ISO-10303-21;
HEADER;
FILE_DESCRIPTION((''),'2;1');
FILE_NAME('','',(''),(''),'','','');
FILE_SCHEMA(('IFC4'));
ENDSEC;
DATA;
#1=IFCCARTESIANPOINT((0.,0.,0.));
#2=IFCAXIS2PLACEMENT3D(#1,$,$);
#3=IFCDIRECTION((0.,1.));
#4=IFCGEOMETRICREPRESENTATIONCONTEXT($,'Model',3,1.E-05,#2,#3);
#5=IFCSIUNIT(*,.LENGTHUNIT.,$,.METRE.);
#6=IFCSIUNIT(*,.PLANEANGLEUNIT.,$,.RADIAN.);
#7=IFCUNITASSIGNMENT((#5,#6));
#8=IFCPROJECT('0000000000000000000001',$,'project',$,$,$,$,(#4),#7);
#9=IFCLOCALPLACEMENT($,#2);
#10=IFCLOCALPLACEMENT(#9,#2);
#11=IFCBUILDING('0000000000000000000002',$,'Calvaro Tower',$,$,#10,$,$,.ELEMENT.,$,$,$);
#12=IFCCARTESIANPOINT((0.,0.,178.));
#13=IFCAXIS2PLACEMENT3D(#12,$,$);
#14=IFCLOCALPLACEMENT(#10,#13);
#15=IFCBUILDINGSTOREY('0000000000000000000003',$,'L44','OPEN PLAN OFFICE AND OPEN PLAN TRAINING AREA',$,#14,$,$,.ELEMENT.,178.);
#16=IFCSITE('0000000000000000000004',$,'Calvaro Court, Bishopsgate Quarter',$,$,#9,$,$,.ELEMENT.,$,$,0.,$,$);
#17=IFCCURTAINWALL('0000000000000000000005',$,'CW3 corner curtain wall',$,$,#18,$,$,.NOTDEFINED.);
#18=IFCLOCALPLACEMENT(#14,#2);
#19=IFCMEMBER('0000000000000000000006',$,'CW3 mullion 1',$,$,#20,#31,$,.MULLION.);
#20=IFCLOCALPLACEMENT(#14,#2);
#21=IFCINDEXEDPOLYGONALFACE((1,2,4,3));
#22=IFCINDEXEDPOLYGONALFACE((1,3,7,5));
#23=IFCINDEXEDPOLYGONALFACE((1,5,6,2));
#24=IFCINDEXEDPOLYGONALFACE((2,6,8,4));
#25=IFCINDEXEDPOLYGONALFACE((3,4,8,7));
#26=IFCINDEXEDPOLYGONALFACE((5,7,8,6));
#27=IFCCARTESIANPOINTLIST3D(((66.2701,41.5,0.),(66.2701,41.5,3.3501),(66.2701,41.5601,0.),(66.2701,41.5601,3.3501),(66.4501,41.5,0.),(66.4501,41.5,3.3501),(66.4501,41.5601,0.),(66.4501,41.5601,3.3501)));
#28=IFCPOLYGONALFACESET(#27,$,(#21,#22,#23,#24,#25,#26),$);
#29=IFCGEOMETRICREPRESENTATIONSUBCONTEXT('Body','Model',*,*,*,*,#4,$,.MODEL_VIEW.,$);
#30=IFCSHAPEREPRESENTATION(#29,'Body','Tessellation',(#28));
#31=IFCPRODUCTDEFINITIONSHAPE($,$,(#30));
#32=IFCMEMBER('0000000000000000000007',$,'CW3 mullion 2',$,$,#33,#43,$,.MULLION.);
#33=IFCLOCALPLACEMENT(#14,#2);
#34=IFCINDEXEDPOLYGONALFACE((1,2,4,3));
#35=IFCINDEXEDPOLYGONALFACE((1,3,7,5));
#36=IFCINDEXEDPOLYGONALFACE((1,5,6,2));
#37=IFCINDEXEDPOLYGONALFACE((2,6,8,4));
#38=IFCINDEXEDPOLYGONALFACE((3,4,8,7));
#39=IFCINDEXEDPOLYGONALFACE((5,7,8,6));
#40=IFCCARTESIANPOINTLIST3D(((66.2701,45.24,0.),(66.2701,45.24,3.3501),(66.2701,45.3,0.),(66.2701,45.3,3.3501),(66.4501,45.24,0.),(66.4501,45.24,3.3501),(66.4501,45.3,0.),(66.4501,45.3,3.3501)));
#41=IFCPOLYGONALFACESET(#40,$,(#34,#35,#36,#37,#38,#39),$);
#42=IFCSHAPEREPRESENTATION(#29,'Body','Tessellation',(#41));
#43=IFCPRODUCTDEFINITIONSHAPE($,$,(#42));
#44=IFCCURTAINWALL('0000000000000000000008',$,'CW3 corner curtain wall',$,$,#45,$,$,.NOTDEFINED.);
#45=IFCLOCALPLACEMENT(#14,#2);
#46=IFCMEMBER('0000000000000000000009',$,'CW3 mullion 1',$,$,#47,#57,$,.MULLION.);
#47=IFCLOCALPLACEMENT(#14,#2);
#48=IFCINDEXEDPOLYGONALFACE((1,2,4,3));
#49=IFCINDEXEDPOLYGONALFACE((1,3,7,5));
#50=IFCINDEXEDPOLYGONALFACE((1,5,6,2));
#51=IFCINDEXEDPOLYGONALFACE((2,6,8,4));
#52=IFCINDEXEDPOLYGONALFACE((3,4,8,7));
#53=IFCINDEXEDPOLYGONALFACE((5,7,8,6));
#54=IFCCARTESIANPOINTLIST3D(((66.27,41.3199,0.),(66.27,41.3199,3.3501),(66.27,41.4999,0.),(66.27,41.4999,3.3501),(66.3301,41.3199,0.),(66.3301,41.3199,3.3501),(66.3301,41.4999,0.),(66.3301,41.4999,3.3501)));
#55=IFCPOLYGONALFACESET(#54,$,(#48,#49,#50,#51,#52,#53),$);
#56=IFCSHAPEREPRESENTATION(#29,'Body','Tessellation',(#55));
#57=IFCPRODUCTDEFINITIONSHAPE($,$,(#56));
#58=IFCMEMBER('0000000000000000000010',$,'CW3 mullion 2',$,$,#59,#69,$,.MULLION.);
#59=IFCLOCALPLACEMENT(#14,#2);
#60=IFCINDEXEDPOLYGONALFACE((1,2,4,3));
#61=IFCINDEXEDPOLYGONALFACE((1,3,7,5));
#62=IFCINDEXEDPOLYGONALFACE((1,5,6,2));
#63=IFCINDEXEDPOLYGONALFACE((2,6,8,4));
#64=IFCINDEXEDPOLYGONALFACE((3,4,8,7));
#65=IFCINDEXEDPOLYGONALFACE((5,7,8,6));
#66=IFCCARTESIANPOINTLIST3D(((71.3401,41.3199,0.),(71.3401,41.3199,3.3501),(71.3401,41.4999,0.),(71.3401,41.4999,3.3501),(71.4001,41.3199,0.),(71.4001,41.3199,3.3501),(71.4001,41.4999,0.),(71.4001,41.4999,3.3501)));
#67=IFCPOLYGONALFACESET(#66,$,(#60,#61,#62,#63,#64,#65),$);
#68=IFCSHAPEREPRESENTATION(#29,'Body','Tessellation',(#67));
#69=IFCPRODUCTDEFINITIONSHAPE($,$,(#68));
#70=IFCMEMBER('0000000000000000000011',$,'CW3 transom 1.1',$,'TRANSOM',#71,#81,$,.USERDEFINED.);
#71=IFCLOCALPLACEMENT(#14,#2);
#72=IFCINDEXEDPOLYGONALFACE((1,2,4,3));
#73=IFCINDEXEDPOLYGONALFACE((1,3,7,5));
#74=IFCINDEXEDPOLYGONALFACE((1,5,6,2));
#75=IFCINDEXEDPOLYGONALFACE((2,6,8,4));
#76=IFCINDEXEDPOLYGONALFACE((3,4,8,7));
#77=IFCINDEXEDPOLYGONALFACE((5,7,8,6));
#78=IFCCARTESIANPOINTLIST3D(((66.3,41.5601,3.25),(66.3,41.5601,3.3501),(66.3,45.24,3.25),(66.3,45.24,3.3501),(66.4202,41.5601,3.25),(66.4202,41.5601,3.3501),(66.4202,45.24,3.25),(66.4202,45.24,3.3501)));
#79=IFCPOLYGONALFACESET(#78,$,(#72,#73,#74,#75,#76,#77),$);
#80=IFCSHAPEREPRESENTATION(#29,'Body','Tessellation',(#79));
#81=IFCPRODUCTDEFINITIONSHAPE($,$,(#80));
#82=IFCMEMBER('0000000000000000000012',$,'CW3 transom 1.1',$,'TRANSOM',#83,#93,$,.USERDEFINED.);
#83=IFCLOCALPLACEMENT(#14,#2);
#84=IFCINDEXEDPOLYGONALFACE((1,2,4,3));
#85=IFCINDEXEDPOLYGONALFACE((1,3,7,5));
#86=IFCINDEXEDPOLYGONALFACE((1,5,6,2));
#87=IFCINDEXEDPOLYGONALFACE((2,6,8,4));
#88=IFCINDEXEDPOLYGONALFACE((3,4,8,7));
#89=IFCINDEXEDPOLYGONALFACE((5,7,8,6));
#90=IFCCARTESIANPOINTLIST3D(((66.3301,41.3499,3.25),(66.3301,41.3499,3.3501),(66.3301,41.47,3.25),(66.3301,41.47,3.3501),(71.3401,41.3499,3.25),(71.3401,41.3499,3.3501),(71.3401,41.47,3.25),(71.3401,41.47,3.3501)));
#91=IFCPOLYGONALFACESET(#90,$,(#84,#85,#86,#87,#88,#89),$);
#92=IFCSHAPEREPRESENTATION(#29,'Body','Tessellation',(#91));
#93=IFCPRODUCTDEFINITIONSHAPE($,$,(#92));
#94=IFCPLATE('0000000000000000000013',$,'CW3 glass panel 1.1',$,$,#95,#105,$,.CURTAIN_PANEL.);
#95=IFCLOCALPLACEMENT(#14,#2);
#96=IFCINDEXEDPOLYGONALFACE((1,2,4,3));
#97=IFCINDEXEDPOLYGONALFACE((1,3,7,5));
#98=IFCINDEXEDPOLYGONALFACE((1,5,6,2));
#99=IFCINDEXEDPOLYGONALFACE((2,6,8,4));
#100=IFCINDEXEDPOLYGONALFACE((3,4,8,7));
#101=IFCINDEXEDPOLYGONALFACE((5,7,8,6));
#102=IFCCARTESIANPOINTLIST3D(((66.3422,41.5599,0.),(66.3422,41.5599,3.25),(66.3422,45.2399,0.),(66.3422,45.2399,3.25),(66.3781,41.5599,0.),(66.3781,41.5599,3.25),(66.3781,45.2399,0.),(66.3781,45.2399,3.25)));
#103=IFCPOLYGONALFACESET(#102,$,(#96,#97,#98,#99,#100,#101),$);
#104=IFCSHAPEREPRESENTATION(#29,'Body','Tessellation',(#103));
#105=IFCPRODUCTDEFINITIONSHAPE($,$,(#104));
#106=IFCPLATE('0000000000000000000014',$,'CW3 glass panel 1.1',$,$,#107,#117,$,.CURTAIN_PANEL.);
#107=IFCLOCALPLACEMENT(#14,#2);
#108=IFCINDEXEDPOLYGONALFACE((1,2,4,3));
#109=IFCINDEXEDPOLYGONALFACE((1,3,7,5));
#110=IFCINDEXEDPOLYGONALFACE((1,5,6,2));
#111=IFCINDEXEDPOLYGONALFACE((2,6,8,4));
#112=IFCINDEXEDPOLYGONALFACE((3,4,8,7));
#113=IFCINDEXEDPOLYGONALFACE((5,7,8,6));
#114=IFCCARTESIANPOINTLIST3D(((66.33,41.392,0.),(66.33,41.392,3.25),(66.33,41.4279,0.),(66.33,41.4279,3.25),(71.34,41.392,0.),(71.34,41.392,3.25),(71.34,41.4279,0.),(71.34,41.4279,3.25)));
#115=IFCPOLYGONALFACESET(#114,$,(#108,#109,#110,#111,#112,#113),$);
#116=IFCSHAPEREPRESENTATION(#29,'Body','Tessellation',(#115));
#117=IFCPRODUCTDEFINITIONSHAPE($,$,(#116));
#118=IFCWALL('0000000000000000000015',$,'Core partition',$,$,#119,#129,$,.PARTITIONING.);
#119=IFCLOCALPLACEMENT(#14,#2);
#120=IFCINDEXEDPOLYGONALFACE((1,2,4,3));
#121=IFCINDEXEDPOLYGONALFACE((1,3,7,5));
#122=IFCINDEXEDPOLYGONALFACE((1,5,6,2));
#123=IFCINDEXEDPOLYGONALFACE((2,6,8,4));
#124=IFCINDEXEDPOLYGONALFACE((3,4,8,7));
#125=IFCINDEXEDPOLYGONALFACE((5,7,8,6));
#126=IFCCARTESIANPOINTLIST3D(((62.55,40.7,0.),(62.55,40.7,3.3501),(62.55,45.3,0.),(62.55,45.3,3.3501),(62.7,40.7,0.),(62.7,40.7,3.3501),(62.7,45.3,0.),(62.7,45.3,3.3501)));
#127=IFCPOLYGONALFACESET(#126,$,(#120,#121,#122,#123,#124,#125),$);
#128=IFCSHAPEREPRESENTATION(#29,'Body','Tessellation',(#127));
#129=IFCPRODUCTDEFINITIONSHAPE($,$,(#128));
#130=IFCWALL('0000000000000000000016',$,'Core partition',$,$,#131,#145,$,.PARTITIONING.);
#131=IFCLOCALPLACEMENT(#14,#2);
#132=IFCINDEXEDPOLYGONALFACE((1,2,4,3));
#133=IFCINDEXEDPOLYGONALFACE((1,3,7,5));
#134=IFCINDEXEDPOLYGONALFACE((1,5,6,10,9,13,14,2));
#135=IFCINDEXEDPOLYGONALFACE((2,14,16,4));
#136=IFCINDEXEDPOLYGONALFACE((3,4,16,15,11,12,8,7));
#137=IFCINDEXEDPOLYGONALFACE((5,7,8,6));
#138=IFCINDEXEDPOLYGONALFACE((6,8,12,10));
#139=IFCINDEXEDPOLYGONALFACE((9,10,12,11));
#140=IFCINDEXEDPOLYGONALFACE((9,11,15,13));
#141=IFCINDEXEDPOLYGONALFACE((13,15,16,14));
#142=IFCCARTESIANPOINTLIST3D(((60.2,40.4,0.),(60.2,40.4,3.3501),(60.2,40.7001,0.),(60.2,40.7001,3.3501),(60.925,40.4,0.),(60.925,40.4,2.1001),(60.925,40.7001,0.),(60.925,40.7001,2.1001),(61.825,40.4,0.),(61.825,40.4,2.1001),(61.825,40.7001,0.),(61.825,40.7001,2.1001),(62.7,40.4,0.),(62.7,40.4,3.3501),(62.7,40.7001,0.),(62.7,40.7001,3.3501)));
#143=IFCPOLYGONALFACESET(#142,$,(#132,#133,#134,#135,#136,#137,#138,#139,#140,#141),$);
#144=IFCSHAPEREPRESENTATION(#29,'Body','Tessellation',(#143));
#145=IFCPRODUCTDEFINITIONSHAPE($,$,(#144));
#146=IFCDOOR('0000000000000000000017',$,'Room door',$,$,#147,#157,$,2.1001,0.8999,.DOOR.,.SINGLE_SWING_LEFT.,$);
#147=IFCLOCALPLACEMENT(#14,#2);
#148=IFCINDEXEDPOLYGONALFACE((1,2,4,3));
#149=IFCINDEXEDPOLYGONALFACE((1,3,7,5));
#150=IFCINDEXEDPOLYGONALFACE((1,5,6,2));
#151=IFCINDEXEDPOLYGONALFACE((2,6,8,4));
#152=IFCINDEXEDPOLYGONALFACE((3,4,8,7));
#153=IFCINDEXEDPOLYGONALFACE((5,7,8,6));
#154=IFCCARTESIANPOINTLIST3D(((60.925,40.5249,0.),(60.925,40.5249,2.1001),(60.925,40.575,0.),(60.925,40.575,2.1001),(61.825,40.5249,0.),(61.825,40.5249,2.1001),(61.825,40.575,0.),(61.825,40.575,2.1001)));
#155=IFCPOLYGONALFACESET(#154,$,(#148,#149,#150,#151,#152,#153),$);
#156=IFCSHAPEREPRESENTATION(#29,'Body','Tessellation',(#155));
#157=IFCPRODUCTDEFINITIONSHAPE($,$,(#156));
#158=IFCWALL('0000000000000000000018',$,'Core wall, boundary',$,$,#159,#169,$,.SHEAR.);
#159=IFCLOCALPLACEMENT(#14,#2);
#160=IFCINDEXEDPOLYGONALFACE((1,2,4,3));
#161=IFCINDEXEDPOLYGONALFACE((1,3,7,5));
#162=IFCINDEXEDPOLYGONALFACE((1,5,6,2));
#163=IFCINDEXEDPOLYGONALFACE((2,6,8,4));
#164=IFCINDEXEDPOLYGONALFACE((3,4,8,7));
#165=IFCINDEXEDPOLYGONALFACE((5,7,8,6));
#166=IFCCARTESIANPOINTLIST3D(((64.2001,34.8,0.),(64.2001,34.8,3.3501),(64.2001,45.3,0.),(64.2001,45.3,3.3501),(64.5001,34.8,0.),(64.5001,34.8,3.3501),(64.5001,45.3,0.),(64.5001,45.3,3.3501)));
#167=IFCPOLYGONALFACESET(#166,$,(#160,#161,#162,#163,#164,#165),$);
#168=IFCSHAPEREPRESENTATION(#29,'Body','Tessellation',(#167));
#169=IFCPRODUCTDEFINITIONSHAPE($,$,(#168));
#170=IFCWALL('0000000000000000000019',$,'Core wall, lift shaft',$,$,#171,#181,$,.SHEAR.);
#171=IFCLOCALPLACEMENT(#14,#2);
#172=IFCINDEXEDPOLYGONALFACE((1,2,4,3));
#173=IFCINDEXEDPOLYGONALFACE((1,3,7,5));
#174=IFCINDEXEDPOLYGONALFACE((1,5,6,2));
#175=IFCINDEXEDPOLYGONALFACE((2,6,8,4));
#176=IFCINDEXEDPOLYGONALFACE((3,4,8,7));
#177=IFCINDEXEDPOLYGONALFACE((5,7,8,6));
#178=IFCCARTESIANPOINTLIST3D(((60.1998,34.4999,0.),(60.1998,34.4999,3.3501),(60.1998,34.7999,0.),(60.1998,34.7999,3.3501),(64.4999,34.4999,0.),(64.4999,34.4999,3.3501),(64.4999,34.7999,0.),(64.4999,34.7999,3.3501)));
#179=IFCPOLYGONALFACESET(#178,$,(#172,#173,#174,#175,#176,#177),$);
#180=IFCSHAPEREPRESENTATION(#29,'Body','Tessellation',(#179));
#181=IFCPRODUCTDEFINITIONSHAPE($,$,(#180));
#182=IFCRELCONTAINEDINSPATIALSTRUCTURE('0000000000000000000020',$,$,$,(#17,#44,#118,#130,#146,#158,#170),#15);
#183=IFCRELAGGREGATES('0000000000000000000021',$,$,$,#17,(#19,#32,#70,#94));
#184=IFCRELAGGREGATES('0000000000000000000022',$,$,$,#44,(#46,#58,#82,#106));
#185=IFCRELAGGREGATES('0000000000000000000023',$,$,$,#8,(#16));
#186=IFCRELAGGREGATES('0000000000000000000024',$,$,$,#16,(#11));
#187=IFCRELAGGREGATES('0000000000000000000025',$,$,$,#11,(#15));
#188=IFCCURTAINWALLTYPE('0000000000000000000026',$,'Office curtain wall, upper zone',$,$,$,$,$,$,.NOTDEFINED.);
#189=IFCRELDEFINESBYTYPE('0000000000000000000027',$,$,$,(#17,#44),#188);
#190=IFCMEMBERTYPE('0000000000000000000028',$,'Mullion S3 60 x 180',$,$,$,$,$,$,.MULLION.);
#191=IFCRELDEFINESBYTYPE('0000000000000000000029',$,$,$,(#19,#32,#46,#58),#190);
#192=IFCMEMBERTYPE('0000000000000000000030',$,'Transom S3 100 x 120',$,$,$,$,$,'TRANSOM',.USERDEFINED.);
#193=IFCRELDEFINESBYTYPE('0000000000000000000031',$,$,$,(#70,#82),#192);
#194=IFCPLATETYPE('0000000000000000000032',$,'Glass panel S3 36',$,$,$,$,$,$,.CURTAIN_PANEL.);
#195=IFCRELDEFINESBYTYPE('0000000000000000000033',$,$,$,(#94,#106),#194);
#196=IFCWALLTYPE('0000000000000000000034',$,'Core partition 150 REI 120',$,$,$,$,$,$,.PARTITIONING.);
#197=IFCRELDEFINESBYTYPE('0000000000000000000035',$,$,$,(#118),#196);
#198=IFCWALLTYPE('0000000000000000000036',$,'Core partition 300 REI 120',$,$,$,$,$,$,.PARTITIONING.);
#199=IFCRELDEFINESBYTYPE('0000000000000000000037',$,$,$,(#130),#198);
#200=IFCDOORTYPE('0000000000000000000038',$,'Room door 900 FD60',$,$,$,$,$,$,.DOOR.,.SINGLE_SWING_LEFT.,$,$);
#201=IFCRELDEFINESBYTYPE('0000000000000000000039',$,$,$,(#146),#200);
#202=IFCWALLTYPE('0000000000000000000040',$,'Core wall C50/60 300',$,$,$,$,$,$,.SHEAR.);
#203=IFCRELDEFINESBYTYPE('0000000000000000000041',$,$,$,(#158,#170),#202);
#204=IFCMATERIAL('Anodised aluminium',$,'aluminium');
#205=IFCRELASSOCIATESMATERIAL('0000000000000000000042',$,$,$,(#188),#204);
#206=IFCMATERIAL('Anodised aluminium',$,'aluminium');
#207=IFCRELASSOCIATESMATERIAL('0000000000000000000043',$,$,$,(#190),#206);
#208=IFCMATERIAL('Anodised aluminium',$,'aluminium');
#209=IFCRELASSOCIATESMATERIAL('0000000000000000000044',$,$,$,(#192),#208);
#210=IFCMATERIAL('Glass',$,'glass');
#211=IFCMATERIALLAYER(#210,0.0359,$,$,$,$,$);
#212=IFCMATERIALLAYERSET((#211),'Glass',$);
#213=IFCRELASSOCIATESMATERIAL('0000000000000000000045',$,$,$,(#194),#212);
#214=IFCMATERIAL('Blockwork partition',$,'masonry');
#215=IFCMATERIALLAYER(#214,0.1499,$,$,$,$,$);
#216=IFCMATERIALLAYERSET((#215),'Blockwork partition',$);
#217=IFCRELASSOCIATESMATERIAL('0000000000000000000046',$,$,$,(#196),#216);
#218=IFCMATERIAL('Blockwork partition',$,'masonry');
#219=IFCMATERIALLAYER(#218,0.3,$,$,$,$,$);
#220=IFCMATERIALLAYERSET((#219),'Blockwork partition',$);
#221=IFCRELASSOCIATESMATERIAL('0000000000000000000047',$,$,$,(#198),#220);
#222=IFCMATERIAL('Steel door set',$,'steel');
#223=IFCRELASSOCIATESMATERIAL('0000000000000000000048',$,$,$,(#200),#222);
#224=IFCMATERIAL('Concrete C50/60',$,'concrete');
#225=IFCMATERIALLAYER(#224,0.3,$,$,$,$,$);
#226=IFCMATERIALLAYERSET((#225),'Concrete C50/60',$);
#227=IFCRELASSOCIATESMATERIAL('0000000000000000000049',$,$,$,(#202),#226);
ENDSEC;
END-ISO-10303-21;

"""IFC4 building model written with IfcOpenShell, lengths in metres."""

from ifc_helpers import new_model, si_unit, direction, frame, frame_2d, origin, origin_2d, place, context, subcontext, project, spatial, rectangle, extrude, material, layer, layer_set, material_profile, profile_set, type_object, element, fill, aggregate, save


model = new_model("IFC4")

# Units and contexts
model_context = context("Model", 3, precision=1e-05, world=origin(), true_north=direction((0.0, 1.0)))
body_context = subcontext(model_context, "Body", "Model", "MODEL_VIEW")
ifc_project = project(units=[si_unit("LENGTHUNIT", "METRE"), si_unit("PLANEANGLEUNIT", "RADIAN")], contexts=[model_context])

# Site, building, storey
site_placement = place(None, origin())
site = spatial("IfcSite", under=ifc_project, at=site_placement, Name="Calvaro Court, Bishopsgate Quarter", CompositionType="ELEMENT", RefElevation=0.0)
building_placement = place(site_placement, origin())
building = spatial("IfcBuilding", under=site, at=building_placement, Name="Calvaro Tower", CompositionType="ELEMENT")
storey_placement = place(building_placement, frame((0.0, 0.0, 178.0)))
storey = spatial("IfcBuildingStorey", under=building, at=storey_placement, Name="L44", Description="OPEN PLAN OFFICE AND OPEN PLAN TRAINING AREA", CompositionType="ELEMENT", Elevation=178.0)

# Curtain walls, members
ifc_material_1 = material(Name="Anodised aluminium", Category="aluminium")
curtain_wall_type = type_object("IfcCurtainWallType", Name="Office curtain wall, upper zone", PredefinedType="NOTDEFINED", material=ifc_material_1)
curtain_wall_1_placement = place(storey_placement, origin())
curtain_wall_1 = element("IfcCurtainWall", 1, at=curtain_wall_1_placement, inside=storey, type_object=curtain_wall_type, Name="CW3 corner curtain wall", PredefinedType="NOTDEFINED")
ifc_material_2 = material(Name="Anodised aluminium", Category="aluminium")
ifc_material_profile_1 = material_profile(ifc_material_2, rectangle(XDim=0.1799, YDim=0.0601, at=origin_2d()), Name="Mullion S3 60 x 180")
ifc_profile_set_1 = profile_set([ifc_material_profile_1], Name="Anodised aluminium")
member_type_1 = type_object("IfcMemberType", Name="Mullion S3 60 x 180", PredefinedType="MULLION", material=ifc_profile_set_1)
member_1_placement = place(storey_placement, frame((66.3601, 41.53, 0.0), z_axis=(0.0, 0.0, 1.0), x_axis=(-1.0, 0.0, 0.0)))
member_1 = element("IfcMember", 2, at=member_1_placement, type_object=member_type_1, Name="CW3 mullion 1", PredefinedType="MULLION", context=body_context, shape_type="SweptSolid", body=[
    extrude(rectangle(XDim=0.1799, YDim=0.0601, at=origin_2d()), origin(), (0.0, 0.0, 1.0), 3.3501),
])
member_2_placement = place(storey_placement, frame((66.3601, 45.27, 0.0), z_axis=(0.0, 0.0, 1.0), x_axis=(-1.0, 0.0, 0.0)))
member_2 = element("IfcMember", 3, at=member_2_placement, type_object=member_type_1, Name="CW3 mullion 2", PredefinedType="MULLION", context=body_context, shape_type="SweptSolid", body=[
    extrude(rectangle(XDim=0.1799, YDim=0.0601, at=origin_2d()), origin(), (0.0, 0.0, 1.0), 3.3501),
])
curtain_wall_2_placement = place(storey_placement, origin())
curtain_wall_2 = element("IfcCurtainWall", 4, at=curtain_wall_2_placement, inside=storey, type_object=curtain_wall_type, Name="CW3 corner curtain wall", PredefinedType="NOTDEFINED")
member_3_placement = place(storey_placement, frame((66.3, 41.4099, 0.0), z_axis=(0.0, 0.0, 1.0), x_axis=(0.0, 1.0, 0.0)))
member_3 = element("IfcMember", 5, at=member_3_placement, type_object=member_type_1, Name="CW3 mullion 1", PredefinedType="MULLION", context=body_context, shape_type="SweptSolid", body=[
    extrude(rectangle(XDim=0.1799, YDim=0.0601, at=origin_2d()), origin(), (0.0, 0.0, 1.0), 3.3501),
])
member_4_placement = place(storey_placement, frame((71.3701, 41.4099, 0.0), z_axis=(0.0, 0.0, 1.0), x_axis=(0.0, 1.0, 0.0)))
member_4 = element("IfcMember", 6, at=member_4_placement, type_object=member_type_1, Name="CW3 mullion 2", PredefinedType="MULLION", context=body_context, shape_type="SweptSolid", body=[
    extrude(rectangle(XDim=0.1799, YDim=0.0601, at=origin_2d()), origin(), (0.0, 0.0, 1.0), 3.3501),
])

# Members
ifc_material_3 = material(Name="Anodised aluminium", Category="aluminium")
ifc_material_profile_2 = material_profile(ifc_material_3, rectangle(XDim=0.1201, YDim=0.1001, at=origin_2d()), Name="Transom S3 100 x 120")
ifc_profile_set_2 = profile_set([ifc_material_profile_2], Name="Anodised aluminium")
member_type_2 = type_object("IfcMemberType", Name="Transom S3 100 x 120", ElementType="TRANSOM", PredefinedType="USERDEFINED", material=ifc_profile_set_2)
member_5_placement = place(storey_placement, frame((66.3601, 41.5601, 3.3), z_axis=(0.0, 1.0, 0.0), x_axis=(-1.0, 0.0, 0.0)))
member_5 = element("IfcMember", 7, at=member_5_placement, type_object=member_type_2, Name="CW3 transom 1.1", ObjectType="TRANSOM", PredefinedType="USERDEFINED", context=body_context, shape_type="SweptSolid", body=[
    extrude(rectangle(XDim=0.1201, YDim=0.1001, at=origin_2d()), origin(), (0.0, 0.0, 1.0), 3.6799),
])
member_6_placement = place(storey_placement, frame((66.3301, 41.4099, 3.3), z_axis=(1.0, 0.0, 0.0), x_axis=(0.0, 1.0, 0.0)))
member_6 = element("IfcMember", 8, at=member_6_placement, type_object=member_type_2, Name="CW3 transom 1.1", ObjectType="TRANSOM", PredefinedType="USERDEFINED", context=body_context, shape_type="SweptSolid", body=[
    extrude(rectangle(XDim=0.1201, YDim=0.1001, at=origin_2d()), origin(), (0.0, 0.0, 1.0), 5.01),
])

# Plates
ifc_material_4 = material(Name="Glass", Category="glass")
ifc_layer_1 = layer(ifc_material_4, 0.0359)
ifc_layer_set_1 = layer_set([ifc_layer_1], Name="Glass")
plate_type = type_object("IfcPlateType", Name="Glass panel S3 36", PredefinedType="CURTAIN_PANEL", material=ifc_layer_set_1)
plate_1_placement = place(storey_placement, frame((66.3601, 43.3999, 0.0), z_axis=(0.0, 0.0, 1.0), x_axis=(0.0, 1.0, 0.0)))
plate_1 = element("IfcPlate", 9, at=plate_1_placement, type_object=plate_type, Name="CW3 glass panel 1.1", PredefinedType="CURTAIN_PANEL", context=body_context, shape_type="SweptSolid", body=[
    extrude(rectangle(XDim=3.6799, YDim=0.0359, at=origin_2d()), origin(), (0.0, 0.0, 1.0), 3.25),
])
aggregate(curtain_wall_1, [member_1, member_2, member_5, plate_1])
plate_2_placement = place(storey_placement, frame((68.835, 41.4099, 0.0), z_axis=(0.0, 0.0, 1.0), x_axis=(1.0, 0.0, 0.0)))
plate_2 = element("IfcPlate", 10, at=plate_2_placement, type_object=plate_type, Name="CW3 glass panel 1.1", PredefinedType="CURTAIN_PANEL", context=body_context, shape_type="SweptSolid", body=[
    extrude(rectangle(XDim=5.01, YDim=0.0359, at=origin_2d()), origin(), (0.0, 0.0, 1.0), 3.25),
])
aggregate(curtain_wall_2, [member_3, member_4, member_6, plate_2])

# Wall
ifc_material_5 = material(Name="Blockwork partition", Category="masonry")
ifc_layer_2 = layer(ifc_material_5, 0.1499)
ifc_layer_set_2 = layer_set([ifc_layer_2], Name="Blockwork partition")
wall_type_1 = type_object("IfcWallType", Name="Core partition 150 REI 120", PredefinedType="PARTITIONING", material=ifc_layer_set_2)
wall_1_placement = place(storey_placement, frame((62.625, 40.7, 0.0), z_axis=(0.0, 0.0, 1.0), x_axis=(0.0, 1.0, 0.0)))
element("IfcWall", 11, at=wall_1_placement, inside=storey, type_object=wall_type_1, Name="Core partition", PredefinedType="PARTITIONING", context=body_context, shape_type="SweptSolid", body=[
    extrude(rectangle(XDim=4.6001, YDim=0.1499, at=frame_2d((2.3, 0.0))), origin(), (0.0, 0.0, 1.0), 3.3501),
])

# Wall, opening, door
ifc_material_6 = material(Name="Blockwork partition", Category="masonry")
ifc_layer_3 = layer(ifc_material_6, 0.3)
ifc_layer_set_3 = layer_set([ifc_layer_3], Name="Blockwork partition")
wall_type_2 = type_object("IfcWallType", Name="Core partition 300 REI 120", PredefinedType="PARTITIONING", material=ifc_layer_set_3)
wall_2_placement = place(storey_placement, frame((60.2, 40.55, 0.0), z_axis=(0.0, 0.0, 1.0), x_axis=(1.0, 0.0, 0.0)))
wall_2 = element("IfcWall", 12, at=wall_2_placement, inside=storey, type_object=wall_type_2, Name="Core partition", PredefinedType="PARTITIONING", context=body_context, shape_type="SweptSolid", body=[
    extrude(rectangle(XDim=2.5, YDim=0.3, at=frame_2d((1.25, 0.0))), origin(), (0.0, 0.0, 1.0), 3.3501),
])
opening_1_placement = place(wall_2_placement, frame((0.7251, 0.0, 0.0)))
opening_1 = element("IfcOpeningElement", 13, at=opening_1_placement, cuts=wall_2, PredefinedType="OPENING", context=body_context, shape_type="SweptSolid", body=[
    extrude(rectangle(XDim=0.8999, YDim=2.1001, at=frame_2d((0.45, 1.05))), frame((0.0, 0.1599, 0.0), z_axis=(0.0, -1.0, 0.0), x_axis=(1.0, 0.0, 0.0)), (0.0, 0.0, 1.0), 0.3201),
])
ifc_material_7 = material(Name="Steel door set", Category="steel")
door_type_1 = type_object("IfcDoorType", Name="Room door 900 FD60", OperationType="SINGLE_SWING_LEFT", PredefinedType="DOOR", material=ifc_material_7)
door_1_placement = place(opening_1_placement, origin())
door_1 = element("IfcDoor", 14, at=door_1_placement, inside=storey, type_object=door_type_1, Name="Room door", OperationType="SINGLE_SWING_LEFT", OverallHeight=2.1001, OverallWidth=0.8999, PredefinedType="DOOR", context=body_context, shape_type="SweptSolid", body=[
    extrude(rectangle(XDim=0.8999, YDim=2.1001, at=frame_2d((0.45, 1.05))), frame((0.0, 0.0249, 0.0), z_axis=(0.0, -1.0, 0.0), x_axis=(1.0, 0.0, 0.0)), (0.0, 0.0, 1.0), 0.05),
])
fill(opening_1, door_1)

# Walls
ifc_material_8 = material(Name="Concrete C50/60", Category="concrete")
ifc_layer_4 = layer(ifc_material_8, 0.3)
ifc_layer_set_4 = layer_set([ifc_layer_4], Name="Concrete C50/60")
wall_type_3 = type_object("IfcWallType", Name="Core wall C50/60 300", PredefinedType="SHEAR", material=ifc_layer_set_4)
wall_3_placement = place(storey_placement, frame((64.3501, 34.8, 0.0), z_axis=(0.0, 0.0, 1.0), x_axis=(0.0, 1.0, 0.0)))
element("IfcWall", 15, at=wall_3_placement, inside=storey, type_object=wall_type_3, Name="Core wall, boundary", PredefinedType="SHEAR", context=body_context, shape_type="SweptSolid", body=[
    extrude(rectangle(XDim=10.5, YDim=0.3, at=frame_2d((5.25, 0.0))), origin(), (0.0, 0.0, 1.0), 3.3501),
])
wall_4_placement = place(storey_placement, frame((60.2, 34.6499, 0.0), z_axis=(0.0, 0.0, 1.0), x_axis=(1.0, 0.0, 0.0)))
element("IfcWall", 16, at=wall_4_placement, inside=storey, type_object=wall_type_3, Name="Core wall, lift shaft", PredefinedType="SHEAR", context=body_context, shape_type="SweptSolid", body=[
    extrude(rectangle(XDim=4.3, YDim=0.3, at=frame_2d((2.1499, 0.0))), origin(), (0.0, 0.0, 1.0), 3.3501),
])

save(model, "model.ifc")
